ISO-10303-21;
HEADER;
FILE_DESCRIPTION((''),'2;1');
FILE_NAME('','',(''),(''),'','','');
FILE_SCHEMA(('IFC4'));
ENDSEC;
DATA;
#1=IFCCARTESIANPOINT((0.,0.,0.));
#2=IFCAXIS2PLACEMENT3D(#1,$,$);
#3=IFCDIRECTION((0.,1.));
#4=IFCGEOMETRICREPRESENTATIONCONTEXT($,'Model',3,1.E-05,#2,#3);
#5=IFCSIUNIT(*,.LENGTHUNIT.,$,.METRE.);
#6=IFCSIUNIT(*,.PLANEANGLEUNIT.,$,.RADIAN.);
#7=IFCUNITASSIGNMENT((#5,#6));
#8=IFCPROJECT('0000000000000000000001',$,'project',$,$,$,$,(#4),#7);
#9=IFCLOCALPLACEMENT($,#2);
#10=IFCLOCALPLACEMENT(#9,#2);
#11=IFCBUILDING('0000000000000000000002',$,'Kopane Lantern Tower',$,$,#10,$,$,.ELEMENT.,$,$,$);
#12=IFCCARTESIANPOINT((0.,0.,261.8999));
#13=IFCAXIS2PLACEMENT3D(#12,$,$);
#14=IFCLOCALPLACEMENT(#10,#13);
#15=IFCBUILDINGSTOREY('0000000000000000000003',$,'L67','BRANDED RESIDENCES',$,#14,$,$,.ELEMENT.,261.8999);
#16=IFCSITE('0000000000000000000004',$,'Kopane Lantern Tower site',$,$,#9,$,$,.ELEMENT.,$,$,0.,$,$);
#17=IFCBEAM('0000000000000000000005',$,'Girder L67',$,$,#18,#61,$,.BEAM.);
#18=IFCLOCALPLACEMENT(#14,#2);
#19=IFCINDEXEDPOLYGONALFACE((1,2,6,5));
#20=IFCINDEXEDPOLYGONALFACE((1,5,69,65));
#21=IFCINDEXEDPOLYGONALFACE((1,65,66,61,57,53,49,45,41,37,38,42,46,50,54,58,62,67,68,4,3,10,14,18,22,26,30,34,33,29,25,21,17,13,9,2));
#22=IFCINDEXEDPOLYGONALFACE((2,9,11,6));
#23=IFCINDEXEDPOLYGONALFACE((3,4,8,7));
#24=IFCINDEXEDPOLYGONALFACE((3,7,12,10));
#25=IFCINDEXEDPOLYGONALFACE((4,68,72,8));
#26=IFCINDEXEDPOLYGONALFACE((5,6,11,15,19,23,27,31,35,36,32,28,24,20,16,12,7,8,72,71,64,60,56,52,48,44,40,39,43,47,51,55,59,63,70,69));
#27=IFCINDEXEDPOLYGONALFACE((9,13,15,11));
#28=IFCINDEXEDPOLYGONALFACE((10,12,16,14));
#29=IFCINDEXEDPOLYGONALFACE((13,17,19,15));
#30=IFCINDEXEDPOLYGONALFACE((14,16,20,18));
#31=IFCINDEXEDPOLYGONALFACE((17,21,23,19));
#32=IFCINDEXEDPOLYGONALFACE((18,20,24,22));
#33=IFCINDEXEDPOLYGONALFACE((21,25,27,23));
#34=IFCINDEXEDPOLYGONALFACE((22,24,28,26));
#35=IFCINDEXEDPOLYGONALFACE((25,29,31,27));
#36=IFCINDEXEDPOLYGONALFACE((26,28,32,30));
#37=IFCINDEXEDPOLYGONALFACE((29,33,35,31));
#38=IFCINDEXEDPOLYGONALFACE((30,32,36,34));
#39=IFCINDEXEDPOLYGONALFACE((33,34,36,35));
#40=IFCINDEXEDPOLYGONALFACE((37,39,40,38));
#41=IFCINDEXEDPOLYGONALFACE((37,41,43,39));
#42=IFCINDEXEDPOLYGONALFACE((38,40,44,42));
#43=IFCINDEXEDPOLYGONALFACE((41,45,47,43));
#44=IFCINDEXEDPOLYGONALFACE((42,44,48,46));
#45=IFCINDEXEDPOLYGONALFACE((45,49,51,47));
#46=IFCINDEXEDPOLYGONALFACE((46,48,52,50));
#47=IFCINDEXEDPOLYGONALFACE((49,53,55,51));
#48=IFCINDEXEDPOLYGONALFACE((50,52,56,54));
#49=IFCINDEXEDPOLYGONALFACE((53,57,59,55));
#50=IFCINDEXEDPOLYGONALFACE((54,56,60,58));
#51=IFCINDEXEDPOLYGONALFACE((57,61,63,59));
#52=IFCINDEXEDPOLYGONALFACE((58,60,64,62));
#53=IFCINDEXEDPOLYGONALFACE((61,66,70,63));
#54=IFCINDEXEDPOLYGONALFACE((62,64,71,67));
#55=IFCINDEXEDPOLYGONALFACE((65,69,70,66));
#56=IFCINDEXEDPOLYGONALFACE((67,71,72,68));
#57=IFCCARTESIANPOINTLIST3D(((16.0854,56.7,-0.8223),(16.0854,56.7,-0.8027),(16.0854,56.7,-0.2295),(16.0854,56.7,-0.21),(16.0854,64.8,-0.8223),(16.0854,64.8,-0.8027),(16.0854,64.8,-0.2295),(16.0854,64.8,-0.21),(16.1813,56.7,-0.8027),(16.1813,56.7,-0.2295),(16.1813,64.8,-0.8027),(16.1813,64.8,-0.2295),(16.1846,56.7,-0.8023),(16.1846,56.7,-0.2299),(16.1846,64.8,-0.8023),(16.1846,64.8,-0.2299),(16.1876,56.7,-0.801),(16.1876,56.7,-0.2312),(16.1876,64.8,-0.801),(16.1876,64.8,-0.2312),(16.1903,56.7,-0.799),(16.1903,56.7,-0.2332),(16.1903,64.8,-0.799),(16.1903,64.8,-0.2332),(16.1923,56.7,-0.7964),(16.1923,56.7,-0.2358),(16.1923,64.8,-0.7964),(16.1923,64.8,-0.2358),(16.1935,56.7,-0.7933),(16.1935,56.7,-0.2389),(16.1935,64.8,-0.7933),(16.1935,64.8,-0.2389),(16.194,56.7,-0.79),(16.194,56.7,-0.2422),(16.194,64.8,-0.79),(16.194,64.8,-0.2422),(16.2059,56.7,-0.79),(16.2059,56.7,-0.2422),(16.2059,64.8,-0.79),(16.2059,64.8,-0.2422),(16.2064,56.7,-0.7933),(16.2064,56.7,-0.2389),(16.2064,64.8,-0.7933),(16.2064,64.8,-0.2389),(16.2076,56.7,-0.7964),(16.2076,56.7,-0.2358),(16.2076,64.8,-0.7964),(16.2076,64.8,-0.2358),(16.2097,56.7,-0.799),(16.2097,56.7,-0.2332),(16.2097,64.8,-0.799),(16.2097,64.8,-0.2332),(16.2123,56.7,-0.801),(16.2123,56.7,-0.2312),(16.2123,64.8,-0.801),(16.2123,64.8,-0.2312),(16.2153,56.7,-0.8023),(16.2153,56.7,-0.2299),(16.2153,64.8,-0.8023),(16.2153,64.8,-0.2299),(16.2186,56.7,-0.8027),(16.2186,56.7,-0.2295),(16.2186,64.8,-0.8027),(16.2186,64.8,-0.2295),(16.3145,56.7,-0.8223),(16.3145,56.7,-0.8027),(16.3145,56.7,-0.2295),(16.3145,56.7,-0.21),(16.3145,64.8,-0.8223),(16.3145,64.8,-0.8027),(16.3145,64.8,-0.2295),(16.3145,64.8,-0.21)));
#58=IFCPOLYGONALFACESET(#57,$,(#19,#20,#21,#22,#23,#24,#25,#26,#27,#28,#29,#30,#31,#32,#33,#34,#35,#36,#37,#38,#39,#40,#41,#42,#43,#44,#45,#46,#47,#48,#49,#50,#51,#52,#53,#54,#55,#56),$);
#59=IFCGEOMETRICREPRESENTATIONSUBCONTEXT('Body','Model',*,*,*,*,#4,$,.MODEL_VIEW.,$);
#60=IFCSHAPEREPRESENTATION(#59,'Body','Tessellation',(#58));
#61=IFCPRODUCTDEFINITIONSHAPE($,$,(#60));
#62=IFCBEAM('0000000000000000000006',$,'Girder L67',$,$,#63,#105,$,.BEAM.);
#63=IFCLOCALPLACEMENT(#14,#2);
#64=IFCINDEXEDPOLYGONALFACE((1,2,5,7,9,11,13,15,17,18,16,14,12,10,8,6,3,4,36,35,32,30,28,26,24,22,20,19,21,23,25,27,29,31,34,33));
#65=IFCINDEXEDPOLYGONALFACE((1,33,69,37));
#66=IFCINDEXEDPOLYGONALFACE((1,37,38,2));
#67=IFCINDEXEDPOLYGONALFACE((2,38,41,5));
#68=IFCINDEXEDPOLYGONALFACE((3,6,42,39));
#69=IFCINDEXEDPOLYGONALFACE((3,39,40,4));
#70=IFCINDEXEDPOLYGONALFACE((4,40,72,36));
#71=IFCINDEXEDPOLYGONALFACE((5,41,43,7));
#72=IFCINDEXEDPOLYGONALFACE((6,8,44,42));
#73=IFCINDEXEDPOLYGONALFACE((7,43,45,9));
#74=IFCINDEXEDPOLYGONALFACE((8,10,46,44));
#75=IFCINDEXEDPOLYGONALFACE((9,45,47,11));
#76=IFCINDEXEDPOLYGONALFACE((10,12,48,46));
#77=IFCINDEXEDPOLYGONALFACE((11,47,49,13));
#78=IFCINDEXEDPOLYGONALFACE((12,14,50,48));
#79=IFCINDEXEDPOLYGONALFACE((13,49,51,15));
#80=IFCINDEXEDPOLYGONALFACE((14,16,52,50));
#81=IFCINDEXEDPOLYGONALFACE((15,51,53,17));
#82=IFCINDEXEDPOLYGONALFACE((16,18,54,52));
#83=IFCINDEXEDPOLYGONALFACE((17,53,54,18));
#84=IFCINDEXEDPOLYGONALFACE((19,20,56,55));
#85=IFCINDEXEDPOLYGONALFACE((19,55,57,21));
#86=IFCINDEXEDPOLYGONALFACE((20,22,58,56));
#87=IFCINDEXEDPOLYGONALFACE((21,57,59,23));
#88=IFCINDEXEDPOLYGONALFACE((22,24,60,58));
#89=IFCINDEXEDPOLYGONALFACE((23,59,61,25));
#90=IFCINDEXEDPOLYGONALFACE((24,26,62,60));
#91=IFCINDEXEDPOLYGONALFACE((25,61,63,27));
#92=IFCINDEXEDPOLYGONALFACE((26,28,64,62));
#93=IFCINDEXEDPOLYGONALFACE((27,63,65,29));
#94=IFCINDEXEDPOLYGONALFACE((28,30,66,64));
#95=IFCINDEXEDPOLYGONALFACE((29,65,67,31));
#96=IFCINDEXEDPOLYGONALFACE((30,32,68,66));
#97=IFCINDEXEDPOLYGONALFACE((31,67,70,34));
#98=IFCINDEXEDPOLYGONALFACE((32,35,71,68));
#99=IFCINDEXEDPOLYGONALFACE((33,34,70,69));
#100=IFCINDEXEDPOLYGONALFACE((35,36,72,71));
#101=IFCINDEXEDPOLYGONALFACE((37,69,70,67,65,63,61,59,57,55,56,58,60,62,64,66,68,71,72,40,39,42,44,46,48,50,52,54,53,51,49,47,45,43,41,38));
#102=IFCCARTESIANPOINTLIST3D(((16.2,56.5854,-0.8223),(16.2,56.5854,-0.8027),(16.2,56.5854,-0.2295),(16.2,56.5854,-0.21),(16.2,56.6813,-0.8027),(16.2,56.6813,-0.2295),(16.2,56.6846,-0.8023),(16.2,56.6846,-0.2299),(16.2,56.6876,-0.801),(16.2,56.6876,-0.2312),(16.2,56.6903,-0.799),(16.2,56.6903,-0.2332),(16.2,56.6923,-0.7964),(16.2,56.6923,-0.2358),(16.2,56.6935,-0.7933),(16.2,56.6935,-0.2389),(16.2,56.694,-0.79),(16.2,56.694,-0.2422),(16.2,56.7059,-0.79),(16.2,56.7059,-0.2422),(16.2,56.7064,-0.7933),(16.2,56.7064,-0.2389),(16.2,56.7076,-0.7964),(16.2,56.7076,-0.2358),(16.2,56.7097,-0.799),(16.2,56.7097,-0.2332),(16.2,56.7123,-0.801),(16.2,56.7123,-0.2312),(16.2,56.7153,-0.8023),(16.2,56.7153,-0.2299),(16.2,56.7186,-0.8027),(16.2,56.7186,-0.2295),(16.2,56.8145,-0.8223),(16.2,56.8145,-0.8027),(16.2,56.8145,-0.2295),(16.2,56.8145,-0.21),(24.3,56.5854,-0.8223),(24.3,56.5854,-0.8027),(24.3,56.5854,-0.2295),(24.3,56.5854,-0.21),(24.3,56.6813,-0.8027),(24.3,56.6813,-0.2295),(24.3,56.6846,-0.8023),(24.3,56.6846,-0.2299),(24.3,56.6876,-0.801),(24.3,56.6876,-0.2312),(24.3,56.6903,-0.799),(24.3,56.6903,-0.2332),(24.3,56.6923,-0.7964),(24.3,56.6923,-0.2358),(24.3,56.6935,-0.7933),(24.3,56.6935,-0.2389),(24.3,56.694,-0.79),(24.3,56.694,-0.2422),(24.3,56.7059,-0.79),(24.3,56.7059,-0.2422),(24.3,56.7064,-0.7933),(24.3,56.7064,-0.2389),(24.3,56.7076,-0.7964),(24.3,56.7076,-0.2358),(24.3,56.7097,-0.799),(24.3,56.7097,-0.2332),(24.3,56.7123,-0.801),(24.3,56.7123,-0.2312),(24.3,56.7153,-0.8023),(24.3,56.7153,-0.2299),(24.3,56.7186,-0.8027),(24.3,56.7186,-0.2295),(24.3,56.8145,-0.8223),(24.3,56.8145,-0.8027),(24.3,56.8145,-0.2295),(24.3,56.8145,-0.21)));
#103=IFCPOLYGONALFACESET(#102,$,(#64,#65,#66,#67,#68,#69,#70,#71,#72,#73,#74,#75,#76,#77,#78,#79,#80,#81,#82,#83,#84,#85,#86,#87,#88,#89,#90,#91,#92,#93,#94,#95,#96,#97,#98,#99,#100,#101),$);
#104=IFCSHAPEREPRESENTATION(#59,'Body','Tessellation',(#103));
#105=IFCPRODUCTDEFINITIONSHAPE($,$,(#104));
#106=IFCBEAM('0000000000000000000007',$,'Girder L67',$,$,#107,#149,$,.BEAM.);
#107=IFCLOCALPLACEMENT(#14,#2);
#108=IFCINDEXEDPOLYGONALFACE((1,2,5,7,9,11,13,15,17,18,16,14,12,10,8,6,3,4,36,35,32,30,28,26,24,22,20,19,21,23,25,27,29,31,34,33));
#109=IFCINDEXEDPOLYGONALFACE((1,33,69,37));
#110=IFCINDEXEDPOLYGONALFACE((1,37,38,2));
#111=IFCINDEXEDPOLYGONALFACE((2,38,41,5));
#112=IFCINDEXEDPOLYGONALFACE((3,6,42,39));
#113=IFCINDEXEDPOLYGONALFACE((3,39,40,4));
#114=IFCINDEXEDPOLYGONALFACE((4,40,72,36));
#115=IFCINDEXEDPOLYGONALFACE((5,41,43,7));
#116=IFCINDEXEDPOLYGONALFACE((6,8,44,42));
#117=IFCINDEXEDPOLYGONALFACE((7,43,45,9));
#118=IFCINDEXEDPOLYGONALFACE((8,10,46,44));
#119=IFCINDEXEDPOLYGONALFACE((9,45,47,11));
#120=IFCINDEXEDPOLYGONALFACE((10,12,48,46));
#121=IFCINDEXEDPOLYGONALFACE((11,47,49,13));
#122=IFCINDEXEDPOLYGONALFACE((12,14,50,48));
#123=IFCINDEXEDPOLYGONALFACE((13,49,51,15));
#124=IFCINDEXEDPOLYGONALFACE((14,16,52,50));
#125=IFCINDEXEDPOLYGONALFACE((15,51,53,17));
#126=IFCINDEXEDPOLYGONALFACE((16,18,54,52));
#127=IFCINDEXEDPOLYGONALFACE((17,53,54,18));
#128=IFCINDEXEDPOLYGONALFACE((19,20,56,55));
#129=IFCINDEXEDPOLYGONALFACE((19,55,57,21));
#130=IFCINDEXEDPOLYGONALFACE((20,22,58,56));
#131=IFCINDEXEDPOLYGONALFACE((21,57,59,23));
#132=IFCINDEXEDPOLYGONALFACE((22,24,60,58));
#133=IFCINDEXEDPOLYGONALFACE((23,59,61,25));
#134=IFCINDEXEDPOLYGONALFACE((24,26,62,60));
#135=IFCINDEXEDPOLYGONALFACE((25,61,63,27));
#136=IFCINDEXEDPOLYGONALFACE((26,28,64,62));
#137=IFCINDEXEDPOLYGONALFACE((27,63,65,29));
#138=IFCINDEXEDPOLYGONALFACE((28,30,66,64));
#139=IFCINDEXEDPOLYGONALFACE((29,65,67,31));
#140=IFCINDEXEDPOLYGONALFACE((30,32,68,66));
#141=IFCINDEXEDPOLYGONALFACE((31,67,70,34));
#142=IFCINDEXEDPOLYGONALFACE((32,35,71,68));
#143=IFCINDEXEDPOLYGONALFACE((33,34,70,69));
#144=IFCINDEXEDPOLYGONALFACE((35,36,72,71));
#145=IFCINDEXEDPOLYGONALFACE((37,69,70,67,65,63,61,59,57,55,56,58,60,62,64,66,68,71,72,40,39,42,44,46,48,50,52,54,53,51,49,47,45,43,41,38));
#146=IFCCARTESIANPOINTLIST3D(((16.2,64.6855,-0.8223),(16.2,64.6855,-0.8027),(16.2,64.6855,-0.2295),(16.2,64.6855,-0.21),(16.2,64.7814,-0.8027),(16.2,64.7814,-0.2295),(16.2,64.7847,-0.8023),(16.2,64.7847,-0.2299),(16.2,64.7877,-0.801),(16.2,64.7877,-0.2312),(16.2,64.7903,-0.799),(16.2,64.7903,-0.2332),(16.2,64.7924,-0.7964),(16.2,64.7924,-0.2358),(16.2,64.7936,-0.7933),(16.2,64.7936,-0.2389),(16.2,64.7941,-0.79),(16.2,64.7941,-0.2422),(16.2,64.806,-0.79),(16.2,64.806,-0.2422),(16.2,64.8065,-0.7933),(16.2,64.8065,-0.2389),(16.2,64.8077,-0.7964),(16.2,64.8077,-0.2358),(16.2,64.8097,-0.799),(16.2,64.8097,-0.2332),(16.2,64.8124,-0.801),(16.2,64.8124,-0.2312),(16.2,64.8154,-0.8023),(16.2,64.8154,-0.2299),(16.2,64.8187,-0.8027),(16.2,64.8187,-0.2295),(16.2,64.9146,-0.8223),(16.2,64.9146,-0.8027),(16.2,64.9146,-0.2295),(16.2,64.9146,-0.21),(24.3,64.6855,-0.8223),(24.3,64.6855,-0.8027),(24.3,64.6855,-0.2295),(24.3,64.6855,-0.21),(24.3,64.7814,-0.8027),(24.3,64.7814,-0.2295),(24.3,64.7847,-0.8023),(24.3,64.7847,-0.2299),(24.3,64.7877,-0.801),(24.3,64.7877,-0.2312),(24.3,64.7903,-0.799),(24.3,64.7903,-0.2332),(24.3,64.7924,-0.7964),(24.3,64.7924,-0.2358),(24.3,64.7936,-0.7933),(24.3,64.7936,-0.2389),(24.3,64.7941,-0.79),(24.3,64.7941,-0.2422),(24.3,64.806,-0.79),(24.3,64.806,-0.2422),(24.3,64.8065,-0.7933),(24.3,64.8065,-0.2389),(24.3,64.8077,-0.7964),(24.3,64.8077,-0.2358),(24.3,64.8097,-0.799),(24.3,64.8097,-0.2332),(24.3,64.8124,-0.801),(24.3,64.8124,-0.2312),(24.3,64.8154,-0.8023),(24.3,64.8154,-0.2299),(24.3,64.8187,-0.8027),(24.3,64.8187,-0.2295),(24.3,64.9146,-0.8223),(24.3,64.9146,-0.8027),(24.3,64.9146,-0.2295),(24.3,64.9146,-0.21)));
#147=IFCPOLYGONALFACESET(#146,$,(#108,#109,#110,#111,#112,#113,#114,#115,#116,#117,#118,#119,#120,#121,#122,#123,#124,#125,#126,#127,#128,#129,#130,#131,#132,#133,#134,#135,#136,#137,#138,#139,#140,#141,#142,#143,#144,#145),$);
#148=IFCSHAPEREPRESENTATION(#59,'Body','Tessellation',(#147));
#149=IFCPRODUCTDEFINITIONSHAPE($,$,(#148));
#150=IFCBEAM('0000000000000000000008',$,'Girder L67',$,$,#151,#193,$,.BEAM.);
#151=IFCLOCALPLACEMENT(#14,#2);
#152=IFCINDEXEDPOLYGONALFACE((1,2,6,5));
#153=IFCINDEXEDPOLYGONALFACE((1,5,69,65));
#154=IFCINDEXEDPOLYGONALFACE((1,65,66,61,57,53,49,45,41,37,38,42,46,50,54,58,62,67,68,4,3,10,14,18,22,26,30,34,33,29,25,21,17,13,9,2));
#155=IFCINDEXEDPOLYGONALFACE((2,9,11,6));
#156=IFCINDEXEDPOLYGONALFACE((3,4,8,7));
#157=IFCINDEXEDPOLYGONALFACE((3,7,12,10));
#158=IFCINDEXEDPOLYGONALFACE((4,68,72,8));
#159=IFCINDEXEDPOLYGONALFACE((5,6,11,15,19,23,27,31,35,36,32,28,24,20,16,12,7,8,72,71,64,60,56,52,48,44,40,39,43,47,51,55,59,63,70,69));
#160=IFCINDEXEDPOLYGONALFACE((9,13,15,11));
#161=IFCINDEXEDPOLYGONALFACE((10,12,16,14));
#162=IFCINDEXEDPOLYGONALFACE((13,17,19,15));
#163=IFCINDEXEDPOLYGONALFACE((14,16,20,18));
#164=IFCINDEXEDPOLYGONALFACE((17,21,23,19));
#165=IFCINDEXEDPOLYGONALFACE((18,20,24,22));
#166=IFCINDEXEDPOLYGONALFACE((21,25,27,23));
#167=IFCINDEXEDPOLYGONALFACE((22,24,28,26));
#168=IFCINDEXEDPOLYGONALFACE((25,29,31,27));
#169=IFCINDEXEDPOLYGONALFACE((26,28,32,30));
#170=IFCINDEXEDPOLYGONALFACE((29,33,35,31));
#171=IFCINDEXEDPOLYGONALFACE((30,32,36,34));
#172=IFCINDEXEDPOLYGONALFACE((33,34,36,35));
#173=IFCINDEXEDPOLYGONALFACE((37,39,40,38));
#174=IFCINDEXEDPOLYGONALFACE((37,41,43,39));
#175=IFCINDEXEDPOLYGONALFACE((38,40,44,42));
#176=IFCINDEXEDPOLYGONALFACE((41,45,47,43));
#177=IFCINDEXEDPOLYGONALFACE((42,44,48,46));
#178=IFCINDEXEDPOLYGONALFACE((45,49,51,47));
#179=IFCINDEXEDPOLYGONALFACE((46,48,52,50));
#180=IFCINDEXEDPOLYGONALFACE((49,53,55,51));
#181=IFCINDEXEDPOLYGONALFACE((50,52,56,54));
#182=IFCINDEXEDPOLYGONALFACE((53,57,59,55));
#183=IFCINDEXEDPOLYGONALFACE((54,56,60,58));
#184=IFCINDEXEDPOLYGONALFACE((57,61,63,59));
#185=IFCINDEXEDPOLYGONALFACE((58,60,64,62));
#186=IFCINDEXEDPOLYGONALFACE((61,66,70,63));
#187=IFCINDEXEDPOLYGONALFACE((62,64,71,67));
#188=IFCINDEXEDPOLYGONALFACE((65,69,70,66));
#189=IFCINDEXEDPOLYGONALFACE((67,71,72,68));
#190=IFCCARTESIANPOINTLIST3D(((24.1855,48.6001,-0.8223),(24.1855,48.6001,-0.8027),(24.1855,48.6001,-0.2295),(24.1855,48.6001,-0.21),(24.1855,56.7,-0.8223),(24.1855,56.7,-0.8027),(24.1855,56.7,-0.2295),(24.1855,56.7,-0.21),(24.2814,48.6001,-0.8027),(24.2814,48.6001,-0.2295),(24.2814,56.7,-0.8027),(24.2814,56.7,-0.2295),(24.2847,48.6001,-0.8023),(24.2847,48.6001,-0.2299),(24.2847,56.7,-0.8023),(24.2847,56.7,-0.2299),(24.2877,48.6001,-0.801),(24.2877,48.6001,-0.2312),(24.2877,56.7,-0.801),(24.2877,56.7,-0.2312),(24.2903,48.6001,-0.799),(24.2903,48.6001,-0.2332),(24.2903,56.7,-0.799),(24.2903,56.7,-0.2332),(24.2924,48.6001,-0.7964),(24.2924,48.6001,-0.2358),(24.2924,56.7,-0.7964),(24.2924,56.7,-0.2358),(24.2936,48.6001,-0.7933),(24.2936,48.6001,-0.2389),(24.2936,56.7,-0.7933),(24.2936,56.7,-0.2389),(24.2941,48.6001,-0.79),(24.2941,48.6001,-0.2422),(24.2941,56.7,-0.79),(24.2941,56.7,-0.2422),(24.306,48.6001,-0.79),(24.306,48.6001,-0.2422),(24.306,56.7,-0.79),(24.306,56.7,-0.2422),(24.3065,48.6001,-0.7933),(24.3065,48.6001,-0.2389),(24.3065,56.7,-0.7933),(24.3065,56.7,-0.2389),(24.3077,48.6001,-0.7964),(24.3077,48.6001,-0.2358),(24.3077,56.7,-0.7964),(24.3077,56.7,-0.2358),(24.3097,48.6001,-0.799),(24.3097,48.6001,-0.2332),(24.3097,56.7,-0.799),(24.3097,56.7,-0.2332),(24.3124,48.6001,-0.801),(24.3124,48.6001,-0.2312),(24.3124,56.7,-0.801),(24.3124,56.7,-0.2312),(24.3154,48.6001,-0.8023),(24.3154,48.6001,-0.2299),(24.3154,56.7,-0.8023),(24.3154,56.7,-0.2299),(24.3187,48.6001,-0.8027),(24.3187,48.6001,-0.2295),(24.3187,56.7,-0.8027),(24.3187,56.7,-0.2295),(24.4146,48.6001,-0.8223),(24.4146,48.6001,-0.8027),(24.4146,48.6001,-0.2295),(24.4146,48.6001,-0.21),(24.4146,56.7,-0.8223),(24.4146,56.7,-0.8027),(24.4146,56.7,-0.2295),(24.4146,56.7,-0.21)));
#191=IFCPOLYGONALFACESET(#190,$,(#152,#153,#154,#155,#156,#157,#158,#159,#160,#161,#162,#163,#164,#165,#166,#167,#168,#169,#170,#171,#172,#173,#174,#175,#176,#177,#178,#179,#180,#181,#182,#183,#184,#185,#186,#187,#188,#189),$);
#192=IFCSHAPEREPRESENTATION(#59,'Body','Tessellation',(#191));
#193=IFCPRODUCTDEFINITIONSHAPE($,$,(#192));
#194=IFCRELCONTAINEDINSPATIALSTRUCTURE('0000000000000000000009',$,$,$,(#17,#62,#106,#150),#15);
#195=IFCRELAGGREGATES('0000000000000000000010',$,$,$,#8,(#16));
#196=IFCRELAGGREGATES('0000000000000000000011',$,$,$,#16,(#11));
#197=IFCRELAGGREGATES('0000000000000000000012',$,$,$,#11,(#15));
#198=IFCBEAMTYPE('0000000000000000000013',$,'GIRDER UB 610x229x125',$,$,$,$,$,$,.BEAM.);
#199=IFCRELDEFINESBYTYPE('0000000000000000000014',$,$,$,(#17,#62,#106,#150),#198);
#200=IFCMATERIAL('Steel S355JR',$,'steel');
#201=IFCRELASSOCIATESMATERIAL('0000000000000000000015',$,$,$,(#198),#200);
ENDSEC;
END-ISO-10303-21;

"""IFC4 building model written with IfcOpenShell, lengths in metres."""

from ifc_helpers import new_model, si_unit, direction, frame, origin, origin_2d, place, context, subcontext, project, spatial, i_section, extrude, material, material_profile, profile_set, type_object, element, save


model = new_model("IFC4")

# Units and contexts
model_context = context("Model", 3, precision=1e-05, world=origin(), true_north=direction((0.0, 1.0)))
body_context = subcontext(model_context, "Body", "Model", "MODEL_VIEW")
ifc_project = project(units=[si_unit("LENGTHUNIT", "METRE"), si_unit("PLANEANGLEUNIT", "RADIAN")], contexts=[model_context])

# Site, building, storey
site_placement = place(None, origin())
site = spatial("IfcSite", under=ifc_project, at=site_placement, Name="Kopane Lantern Tower site", CompositionType="ELEMENT", RefElevation=0.0)
building_placement = place(site_placement, origin())
building = spatial("IfcBuilding", under=site, at=building_placement, Name="Kopane Lantern Tower", CompositionType="ELEMENT")
storey_placement = place(building_placement, frame((0.0, 0.0, 261.8999)))
storey = spatial("IfcBuildingStorey", under=building, at=storey_placement, Name="L67", Description="BRANDED RESIDENCES", CompositionType="ELEMENT", Elevation=261.8999)

# Beams
ifc_material_1 = material(Name="Steel S355JR", Category="steel")
ifc_material_profile_1 = material_profile(ifc_material_1, i_section(OverallWidth=0.229, OverallDepth=0.6123, WebThickness=0.012, FlangeThickness=0.0195, FilletRadius=0.0127, at=origin_2d()), Name="UB 610x229x125")
ifc_profile_set_1 = profile_set([ifc_material_profile_1], Name="Steel S355JR")
beam_type = type_object("IfcBeamType", Name="GIRDER UB 610x229x125", PredefinedType="BEAM", material=ifc_profile_set_1)
for number, where, z_axis, x_axis, name in (
    (1, (16.2, 56.7, -0.5161), (0.0, 1.0, 0.0), (-1.0, 0.0, 0.0), "Girder L67"),
    (2, (16.2, 56.7, -0.5161), (1.0, 0.0, 0.0), (0.0, 1.0, 0.0), "Girder L67"),
    (3, (16.2, 64.8, -0.5161), (1.0, 0.0, 0.0), (0.0, 1.0, 0.0), "Girder L67"),
):
    element("IfcBeam", number, at=place(storey_placement, frame(where, z_axis=z_axis, x_axis=x_axis)), inside=storey, type_object=beam_type, Name=name, PredefinedType="BEAM", context=body_context, shape_type="SweptSolid", body=[
        extrude(i_section(OverallWidth=0.229, OverallDepth=0.6123, WebThickness=0.012, FlangeThickness=0.0195, FilletRadius=0.0127, at=origin_2d()), origin(), (0.0, 0.0, 1.0), 8.1001),
    ])
for number, where, z_axis, x_axis, name in (
    (4, (24.3, 48.6001, -0.5161), (0.0, 1.0, 0.0), (-1.0, 0.0, 0.0), "Girder L67"),
):
    element("IfcBeam", number, at=place(storey_placement, frame(where, z_axis=z_axis, x_axis=x_axis)), inside=storey, type_object=beam_type, Name=name, PredefinedType="BEAM", context=body_context, shape_type="SweptSolid", body=[
        extrude(i_section(OverallWidth=0.229, OverallDepth=0.6123, WebThickness=0.012, FlangeThickness=0.0195, FilletRadius=0.0127, at=origin_2d()), origin(), (0.0, 0.0, 1.0), 8.0999),
    ])

save(model, "model.ifc")
